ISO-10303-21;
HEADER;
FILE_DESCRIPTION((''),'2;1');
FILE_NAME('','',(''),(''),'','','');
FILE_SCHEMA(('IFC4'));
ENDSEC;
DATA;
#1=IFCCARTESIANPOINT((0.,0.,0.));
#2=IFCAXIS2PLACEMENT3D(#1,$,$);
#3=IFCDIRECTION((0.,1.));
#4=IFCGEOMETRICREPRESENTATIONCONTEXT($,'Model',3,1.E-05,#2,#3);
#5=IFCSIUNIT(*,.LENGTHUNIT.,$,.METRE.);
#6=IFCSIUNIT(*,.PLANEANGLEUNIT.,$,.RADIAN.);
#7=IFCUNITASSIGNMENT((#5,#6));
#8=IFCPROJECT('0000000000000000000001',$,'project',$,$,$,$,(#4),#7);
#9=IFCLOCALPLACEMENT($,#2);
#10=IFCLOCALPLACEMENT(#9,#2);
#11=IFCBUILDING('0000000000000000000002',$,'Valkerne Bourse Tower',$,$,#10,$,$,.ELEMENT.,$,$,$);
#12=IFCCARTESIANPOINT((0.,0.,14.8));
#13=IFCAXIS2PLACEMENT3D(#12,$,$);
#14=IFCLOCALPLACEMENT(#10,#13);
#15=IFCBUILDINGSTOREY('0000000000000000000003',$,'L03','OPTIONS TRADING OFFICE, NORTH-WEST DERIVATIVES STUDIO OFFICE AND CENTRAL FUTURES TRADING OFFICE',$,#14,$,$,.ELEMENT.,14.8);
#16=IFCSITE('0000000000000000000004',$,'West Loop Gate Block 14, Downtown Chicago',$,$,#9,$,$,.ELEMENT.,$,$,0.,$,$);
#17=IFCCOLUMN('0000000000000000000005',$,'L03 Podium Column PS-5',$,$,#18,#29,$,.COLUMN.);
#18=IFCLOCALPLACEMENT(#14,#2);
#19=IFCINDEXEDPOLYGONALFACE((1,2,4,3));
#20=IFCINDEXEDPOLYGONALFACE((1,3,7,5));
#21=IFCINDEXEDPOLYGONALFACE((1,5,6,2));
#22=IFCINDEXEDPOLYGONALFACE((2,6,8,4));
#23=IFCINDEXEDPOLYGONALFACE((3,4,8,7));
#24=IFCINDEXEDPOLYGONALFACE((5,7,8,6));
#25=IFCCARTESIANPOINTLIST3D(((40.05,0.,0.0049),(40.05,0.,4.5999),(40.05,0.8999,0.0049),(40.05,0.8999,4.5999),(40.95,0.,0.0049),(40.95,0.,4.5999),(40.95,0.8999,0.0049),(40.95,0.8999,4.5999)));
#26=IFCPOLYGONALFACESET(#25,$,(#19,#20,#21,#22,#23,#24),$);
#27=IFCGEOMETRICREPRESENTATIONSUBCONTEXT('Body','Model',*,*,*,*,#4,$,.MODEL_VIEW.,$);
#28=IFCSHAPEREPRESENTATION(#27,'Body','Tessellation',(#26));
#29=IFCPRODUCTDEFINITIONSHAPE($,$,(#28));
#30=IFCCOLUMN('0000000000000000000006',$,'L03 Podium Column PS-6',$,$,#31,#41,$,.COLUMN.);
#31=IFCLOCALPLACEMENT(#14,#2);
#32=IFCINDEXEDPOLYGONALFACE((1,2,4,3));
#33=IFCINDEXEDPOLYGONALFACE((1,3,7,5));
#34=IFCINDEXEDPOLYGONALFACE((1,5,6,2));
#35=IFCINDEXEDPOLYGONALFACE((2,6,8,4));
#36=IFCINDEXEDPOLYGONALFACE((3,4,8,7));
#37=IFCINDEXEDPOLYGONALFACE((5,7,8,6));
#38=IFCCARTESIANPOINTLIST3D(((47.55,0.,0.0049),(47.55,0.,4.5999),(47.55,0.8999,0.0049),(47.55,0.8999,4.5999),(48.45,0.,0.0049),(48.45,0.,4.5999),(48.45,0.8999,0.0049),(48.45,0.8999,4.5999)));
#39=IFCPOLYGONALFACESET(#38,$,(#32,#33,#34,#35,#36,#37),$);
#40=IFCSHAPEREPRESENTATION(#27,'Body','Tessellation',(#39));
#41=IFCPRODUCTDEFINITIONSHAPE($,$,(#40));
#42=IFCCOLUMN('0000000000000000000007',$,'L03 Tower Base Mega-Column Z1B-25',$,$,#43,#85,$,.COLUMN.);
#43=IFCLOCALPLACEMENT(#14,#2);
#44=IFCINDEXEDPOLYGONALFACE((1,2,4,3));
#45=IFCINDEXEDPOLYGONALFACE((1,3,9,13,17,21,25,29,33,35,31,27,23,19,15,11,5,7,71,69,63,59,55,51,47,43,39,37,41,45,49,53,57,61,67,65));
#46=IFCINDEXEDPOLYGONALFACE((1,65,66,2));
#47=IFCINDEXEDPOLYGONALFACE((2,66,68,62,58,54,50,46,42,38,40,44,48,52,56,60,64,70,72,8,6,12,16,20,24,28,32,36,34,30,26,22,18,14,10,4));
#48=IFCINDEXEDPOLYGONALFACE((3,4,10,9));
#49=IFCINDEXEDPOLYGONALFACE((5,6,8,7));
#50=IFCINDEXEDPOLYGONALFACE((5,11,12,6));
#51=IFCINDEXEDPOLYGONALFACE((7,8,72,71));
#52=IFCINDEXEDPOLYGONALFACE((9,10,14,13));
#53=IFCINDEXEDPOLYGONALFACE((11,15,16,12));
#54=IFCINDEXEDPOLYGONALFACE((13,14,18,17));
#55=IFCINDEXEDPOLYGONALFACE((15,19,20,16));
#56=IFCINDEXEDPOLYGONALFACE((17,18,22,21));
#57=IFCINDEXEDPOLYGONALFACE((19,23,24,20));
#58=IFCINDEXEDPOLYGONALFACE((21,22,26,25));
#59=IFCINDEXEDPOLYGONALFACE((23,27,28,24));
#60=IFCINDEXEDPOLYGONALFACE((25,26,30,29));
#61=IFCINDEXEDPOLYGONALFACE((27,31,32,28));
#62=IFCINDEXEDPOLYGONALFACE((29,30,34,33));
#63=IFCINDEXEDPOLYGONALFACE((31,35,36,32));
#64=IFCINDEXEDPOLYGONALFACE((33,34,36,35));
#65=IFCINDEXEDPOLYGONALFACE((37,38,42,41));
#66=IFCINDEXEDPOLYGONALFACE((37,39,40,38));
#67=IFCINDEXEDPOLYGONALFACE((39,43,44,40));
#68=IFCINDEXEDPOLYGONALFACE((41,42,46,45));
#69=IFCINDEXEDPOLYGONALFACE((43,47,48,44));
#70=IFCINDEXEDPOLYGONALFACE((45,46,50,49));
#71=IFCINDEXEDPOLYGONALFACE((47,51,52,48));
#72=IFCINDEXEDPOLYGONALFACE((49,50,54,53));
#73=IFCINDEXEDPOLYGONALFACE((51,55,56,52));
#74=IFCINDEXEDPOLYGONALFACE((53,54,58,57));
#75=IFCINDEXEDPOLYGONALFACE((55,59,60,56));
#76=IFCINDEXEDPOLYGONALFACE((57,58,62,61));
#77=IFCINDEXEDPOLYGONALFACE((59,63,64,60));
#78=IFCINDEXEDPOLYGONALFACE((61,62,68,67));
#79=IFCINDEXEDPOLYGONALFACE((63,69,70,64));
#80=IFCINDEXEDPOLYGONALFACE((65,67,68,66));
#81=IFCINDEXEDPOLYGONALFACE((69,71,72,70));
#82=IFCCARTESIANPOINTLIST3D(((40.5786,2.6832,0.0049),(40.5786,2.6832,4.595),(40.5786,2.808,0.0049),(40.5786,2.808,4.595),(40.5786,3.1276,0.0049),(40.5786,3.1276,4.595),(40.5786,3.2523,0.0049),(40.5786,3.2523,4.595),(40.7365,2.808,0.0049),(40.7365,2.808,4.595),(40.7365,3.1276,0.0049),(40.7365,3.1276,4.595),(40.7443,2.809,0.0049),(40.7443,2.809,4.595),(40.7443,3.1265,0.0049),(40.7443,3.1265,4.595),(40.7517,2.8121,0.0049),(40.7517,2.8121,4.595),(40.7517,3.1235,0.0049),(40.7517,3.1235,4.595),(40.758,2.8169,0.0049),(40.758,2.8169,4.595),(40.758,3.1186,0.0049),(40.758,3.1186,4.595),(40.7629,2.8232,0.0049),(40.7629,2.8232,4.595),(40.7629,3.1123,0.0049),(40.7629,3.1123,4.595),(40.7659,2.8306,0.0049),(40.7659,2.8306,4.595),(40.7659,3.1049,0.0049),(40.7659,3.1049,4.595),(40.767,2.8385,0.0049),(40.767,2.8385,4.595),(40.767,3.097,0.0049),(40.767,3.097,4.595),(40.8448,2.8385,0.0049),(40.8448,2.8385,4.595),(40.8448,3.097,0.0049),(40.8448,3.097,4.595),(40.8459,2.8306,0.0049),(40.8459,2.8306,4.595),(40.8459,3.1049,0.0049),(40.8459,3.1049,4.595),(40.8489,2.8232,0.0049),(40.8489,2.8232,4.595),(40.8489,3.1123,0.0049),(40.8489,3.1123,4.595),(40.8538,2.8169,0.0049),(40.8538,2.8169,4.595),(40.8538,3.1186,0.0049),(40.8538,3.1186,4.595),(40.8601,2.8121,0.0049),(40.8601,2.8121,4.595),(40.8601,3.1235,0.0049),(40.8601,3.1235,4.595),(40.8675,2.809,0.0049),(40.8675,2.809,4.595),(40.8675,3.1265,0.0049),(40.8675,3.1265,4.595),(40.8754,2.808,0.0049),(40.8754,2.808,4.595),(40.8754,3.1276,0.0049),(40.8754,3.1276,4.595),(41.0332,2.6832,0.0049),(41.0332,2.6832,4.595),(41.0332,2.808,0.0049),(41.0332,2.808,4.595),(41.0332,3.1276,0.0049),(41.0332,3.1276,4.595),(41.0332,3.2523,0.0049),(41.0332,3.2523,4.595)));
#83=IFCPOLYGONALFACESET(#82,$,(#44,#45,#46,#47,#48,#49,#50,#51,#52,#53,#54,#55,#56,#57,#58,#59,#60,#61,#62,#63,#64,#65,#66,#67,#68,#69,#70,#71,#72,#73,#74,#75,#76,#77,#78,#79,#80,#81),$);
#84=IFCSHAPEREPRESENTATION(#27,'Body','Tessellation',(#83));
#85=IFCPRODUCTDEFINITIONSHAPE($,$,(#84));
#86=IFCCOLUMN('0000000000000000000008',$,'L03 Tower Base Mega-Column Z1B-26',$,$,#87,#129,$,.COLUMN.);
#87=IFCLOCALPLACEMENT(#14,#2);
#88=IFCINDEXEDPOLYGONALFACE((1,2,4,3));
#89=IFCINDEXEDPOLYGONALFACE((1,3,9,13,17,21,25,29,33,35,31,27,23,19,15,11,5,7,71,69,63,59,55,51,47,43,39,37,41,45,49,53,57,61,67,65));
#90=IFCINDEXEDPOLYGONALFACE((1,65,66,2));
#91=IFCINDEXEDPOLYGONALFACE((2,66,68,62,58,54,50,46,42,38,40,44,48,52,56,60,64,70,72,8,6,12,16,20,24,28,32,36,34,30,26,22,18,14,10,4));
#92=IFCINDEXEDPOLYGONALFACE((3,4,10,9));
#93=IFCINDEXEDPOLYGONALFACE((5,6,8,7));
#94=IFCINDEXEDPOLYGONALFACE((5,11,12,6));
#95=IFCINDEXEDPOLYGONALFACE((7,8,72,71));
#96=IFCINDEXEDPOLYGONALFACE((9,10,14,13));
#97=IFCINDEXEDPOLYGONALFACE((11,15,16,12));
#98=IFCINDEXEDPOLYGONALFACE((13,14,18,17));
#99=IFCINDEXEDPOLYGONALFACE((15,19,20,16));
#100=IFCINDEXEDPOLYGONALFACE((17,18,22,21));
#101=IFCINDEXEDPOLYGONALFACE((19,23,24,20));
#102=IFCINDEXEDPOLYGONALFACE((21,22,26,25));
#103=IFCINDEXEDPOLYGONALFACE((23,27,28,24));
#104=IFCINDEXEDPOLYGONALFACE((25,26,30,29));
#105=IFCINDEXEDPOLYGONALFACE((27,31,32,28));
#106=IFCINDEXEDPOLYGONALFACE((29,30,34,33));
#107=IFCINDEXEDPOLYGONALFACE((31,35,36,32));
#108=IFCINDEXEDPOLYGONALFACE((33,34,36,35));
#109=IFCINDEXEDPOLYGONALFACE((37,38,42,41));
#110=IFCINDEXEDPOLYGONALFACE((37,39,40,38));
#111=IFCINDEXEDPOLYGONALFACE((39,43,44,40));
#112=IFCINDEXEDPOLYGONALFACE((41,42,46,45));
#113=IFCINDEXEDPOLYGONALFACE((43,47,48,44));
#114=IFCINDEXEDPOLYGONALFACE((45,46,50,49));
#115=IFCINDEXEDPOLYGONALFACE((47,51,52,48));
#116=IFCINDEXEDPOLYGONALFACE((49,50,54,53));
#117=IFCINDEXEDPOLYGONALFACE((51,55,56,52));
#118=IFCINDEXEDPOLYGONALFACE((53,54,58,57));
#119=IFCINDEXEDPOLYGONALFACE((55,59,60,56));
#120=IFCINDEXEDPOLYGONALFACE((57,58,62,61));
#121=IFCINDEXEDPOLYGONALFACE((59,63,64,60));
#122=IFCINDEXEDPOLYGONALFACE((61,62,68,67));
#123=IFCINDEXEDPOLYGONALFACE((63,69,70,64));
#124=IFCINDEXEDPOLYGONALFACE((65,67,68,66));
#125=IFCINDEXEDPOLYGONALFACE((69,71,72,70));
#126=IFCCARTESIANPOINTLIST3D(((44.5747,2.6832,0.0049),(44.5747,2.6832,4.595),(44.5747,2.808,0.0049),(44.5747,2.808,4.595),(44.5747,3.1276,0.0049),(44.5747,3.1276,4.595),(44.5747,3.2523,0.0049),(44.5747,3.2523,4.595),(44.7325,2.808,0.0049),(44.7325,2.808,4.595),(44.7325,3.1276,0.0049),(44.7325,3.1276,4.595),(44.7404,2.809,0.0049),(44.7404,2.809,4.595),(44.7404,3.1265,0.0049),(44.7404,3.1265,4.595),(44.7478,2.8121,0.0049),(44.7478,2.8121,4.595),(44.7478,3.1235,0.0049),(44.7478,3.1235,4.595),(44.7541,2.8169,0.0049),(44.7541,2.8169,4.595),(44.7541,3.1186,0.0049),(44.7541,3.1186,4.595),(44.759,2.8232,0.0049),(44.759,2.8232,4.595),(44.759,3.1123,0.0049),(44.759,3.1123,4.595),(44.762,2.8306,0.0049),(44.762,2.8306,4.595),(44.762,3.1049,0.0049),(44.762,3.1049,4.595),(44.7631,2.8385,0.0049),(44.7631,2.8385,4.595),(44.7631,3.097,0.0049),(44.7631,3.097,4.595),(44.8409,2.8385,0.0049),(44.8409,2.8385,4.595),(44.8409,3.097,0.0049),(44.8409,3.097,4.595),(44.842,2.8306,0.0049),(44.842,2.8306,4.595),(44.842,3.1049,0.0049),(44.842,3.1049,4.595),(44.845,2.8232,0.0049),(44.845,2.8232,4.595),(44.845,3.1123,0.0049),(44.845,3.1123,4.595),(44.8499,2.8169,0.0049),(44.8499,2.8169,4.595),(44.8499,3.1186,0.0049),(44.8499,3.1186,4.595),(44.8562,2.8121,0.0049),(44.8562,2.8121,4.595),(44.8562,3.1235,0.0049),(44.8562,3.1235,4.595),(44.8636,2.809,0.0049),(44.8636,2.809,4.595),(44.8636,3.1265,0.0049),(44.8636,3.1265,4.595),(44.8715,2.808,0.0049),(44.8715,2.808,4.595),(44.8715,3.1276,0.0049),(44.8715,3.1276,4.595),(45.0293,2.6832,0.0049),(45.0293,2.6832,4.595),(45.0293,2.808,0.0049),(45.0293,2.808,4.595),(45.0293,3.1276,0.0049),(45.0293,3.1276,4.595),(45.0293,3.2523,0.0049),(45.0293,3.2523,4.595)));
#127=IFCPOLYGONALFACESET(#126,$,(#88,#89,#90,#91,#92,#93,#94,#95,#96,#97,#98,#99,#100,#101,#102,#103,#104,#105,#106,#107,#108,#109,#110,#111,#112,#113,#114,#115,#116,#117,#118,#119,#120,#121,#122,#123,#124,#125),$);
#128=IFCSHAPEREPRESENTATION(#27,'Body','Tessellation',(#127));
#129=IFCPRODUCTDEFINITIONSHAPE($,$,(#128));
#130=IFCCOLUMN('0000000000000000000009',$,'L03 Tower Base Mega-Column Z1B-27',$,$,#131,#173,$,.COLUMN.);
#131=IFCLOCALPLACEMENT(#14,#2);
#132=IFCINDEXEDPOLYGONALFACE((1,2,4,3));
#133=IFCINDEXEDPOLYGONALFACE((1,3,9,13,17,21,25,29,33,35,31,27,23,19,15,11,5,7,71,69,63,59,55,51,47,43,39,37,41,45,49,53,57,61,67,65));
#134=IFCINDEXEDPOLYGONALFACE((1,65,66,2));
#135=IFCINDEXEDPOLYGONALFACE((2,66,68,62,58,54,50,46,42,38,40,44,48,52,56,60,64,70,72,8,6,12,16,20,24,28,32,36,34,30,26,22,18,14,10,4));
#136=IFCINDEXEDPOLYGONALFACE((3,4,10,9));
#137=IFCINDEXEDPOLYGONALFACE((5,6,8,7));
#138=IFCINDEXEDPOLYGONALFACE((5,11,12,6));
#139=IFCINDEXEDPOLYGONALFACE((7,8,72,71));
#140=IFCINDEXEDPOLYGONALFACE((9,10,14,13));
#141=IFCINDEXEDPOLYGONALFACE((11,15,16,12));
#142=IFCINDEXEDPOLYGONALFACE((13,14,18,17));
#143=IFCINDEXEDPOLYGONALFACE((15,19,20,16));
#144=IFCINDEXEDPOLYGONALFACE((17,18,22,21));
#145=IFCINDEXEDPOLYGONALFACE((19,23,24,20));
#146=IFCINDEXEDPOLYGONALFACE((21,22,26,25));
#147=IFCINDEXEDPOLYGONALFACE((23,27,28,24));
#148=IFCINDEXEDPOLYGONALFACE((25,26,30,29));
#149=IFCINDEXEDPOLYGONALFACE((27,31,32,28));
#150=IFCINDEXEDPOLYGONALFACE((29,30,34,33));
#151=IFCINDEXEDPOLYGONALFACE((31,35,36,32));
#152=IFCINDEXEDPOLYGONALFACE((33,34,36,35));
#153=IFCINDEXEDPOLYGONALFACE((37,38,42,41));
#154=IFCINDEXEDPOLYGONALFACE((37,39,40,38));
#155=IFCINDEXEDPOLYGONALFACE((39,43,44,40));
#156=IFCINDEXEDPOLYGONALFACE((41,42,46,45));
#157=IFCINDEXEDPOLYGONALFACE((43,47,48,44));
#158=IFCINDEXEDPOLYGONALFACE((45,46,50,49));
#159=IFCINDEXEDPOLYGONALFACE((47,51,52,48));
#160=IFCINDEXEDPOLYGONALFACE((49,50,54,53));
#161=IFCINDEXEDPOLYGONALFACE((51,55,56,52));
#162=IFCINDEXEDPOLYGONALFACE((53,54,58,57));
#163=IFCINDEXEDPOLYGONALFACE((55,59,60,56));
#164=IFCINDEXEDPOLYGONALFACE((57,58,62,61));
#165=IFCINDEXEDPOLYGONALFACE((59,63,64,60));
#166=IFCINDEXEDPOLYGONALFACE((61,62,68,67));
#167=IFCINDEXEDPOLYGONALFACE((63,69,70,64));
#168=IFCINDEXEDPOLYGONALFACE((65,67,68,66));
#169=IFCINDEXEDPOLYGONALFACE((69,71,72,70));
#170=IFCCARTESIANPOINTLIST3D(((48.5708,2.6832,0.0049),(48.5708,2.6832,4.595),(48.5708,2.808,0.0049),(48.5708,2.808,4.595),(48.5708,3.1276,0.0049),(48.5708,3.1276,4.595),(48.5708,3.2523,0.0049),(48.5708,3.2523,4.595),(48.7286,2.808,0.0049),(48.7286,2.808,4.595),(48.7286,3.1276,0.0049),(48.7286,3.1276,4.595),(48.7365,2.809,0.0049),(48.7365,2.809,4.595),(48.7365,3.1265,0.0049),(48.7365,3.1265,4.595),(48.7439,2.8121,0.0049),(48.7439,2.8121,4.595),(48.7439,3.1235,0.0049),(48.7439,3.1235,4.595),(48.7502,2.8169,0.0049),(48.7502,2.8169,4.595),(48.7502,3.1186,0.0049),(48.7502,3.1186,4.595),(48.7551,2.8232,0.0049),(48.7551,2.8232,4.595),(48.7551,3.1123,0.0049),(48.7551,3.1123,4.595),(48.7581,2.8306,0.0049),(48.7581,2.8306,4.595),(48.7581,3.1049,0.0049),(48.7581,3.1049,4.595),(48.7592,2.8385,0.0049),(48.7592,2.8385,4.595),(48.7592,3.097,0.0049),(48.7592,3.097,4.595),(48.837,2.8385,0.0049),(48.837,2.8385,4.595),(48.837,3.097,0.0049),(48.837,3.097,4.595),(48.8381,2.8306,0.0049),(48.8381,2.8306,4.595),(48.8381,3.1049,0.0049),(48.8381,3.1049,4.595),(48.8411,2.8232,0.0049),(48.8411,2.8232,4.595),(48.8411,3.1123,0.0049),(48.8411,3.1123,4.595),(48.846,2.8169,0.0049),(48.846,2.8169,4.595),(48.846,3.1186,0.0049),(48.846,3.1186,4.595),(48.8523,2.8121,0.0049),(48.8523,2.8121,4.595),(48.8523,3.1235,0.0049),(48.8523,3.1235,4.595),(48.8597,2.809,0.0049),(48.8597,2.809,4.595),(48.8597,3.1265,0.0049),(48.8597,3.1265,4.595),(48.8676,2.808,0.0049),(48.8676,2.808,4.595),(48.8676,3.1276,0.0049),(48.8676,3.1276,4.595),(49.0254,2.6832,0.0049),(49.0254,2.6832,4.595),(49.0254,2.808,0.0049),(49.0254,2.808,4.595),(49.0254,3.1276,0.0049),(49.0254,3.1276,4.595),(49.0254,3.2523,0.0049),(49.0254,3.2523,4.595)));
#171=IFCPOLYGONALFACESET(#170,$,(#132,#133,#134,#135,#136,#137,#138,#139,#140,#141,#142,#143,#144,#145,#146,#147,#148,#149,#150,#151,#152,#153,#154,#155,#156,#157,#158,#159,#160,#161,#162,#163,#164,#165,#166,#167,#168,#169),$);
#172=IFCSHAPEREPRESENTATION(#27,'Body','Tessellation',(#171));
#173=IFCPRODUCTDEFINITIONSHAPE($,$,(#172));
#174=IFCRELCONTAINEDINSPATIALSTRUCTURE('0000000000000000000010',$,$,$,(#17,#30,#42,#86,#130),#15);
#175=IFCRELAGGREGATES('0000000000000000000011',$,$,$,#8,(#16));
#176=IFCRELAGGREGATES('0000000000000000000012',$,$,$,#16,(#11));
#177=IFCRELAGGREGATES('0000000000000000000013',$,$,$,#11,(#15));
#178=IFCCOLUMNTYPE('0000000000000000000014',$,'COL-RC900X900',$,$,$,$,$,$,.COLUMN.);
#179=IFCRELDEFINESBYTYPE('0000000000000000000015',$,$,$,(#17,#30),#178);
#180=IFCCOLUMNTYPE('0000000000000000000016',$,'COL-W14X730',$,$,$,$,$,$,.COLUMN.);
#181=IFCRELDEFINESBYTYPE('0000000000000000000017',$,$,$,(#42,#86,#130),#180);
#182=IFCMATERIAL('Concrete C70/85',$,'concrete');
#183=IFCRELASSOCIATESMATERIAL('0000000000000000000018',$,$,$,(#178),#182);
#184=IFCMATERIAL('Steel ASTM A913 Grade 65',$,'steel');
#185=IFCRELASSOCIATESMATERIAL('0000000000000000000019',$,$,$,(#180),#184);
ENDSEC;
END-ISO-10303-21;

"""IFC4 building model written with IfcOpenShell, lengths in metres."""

from ifc_helpers import new_model, si_unit, direction, frame, origin, origin_2d, place, context, subcontext, project, spatial, rectangle, i_section, extrude, material, material_profile, profile_set, type_object, element, save


model = new_model("IFC4")

# Units and contexts
model_context = context("Model", 3, precision=1e-05, world=origin(), true_north=direction((0.0, 1.0)))
body_context = subcontext(model_context, "Body", "Model", "MODEL_VIEW")
ifc_project = project(units=[si_unit("LENGTHUNIT", "METRE"), si_unit("PLANEANGLEUNIT", "RADIAN")], contexts=[model_context])

# Site, building, storey
site_placement = place(None, origin())
site = spatial("IfcSite", under=ifc_project, at=site_placement, Name="West Loop Gate Block 14, Downtown Chicago", CompositionType="ELEMENT", RefElevation=0.0)
building_placement = place(site_placement, origin())
building = spatial("IfcBuilding", under=site, at=building_placement, Name="Valkerne Bourse Tower", CompositionType="ELEMENT")
storey_placement = place(building_placement, frame((0.0, 0.0, 14.8)))
storey = spatial("IfcBuildingStorey", under=building, at=storey_placement, Name="L03", Description="OPTIONS TRADING OFFICE, NORTH-WEST DERIVATIVES STUDIO OFFICE AND CENTRAL FUTURES TRADING OFFICE", CompositionType="ELEMENT", Elevation=14.8)

# Columns
ifc_material_1 = material(Name="Concrete C70/85", Category="concrete")
ifc_material_profile_1 = material_profile(ifc_material_1, rectangle(XDim=0.8999, YDim=0.8999, at=origin_2d()), Name="RC900X900")
ifc_profile_set_1 = profile_set([ifc_material_profile_1], Name="Concrete C70/85")
column_type_1 = type_object("IfcColumnType", Name="COL-RC900X900", PredefinedType="COLUMN", material=ifc_profile_set_1)
for number, where, z_axis, x_axis, name in (
    (1, (40.5, 0.45, 0.0049), (0.0, 0.0, 1.0), (1.0, 0.0, 0.0), "L03 Podium Column PS-5"),
    (2, (48.0, 0.45, 0.0049), (0.0, 0.0, 1.0), (1.0, 0.0, 0.0), "L03 Podium Column PS-6"),
):
    element("IfcColumn", number, at=place(storey_placement, frame(where, z_axis=z_axis, x_axis=x_axis)), inside=storey, type_object=column_type_1, Name=name, PredefinedType="COLUMN", context=body_context, shape_type="SweptSolid", body=[
        extrude(rectangle(XDim=0.8999, YDim=0.8999, at=origin_2d()), origin(), (0.0, 0.0, 1.0), 4.595),
    ])
ifc_material_2 = material(Name="Steel ASTM A913 Grade 65", Category="steel")
ifc_material_profile_2 = material_profile(ifc_material_2, i_section(OverallWidth=0.4546, OverallDepth=0.5691, WebThickness=0.0779, FlangeThickness=0.1248, FilletRadius=0.0305, at=origin_2d()), Name="W14X730")
ifc_profile_set_2 = profile_set([ifc_material_profile_2], Name="Steel ASTM A913 Grade 65")
column_type_2 = type_object("IfcColumnType", Name="COL-W14X730", PredefinedType="COLUMN", material=ifc_profile_set_2)
for number, where, z_axis, x_axis, name in (
    (3, (40.8059, 2.9678, 0.0049), (0.0, 0.0, 1.0), (1.0, 0.0, 0.0), "L03 Tower Base Mega-Column Z1B-25"),
    (4, (44.802, 2.9678, 0.0049), (0.0, 0.0, 1.0), (1.0, 0.0, 0.0), "L03 Tower Base Mega-Column Z1B-26"),
    (5, (48.7981, 2.9678, 0.0049), (0.0, 0.0, 1.0), (1.0, 0.0, 0.0), "L03 Tower Base Mega-Column Z1B-27"),
):
    element("IfcColumn", number, at=place(storey_placement, frame(where, z_axis=z_axis, x_axis=x_axis)), inside=storey, type_object=column_type_2, Name=name, PredefinedType="COLUMN", context=body_context, shape_type="SweptSolid", body=[
        extrude(i_section(OverallWidth=0.4546, OverallDepth=0.5691, WebThickness=0.0779, FlangeThickness=0.1248, FilletRadius=0.0305, at=origin_2d()), origin(), (0.0, 0.0, 1.0), 4.5901),
    ])

save(model, "model.ifc")
